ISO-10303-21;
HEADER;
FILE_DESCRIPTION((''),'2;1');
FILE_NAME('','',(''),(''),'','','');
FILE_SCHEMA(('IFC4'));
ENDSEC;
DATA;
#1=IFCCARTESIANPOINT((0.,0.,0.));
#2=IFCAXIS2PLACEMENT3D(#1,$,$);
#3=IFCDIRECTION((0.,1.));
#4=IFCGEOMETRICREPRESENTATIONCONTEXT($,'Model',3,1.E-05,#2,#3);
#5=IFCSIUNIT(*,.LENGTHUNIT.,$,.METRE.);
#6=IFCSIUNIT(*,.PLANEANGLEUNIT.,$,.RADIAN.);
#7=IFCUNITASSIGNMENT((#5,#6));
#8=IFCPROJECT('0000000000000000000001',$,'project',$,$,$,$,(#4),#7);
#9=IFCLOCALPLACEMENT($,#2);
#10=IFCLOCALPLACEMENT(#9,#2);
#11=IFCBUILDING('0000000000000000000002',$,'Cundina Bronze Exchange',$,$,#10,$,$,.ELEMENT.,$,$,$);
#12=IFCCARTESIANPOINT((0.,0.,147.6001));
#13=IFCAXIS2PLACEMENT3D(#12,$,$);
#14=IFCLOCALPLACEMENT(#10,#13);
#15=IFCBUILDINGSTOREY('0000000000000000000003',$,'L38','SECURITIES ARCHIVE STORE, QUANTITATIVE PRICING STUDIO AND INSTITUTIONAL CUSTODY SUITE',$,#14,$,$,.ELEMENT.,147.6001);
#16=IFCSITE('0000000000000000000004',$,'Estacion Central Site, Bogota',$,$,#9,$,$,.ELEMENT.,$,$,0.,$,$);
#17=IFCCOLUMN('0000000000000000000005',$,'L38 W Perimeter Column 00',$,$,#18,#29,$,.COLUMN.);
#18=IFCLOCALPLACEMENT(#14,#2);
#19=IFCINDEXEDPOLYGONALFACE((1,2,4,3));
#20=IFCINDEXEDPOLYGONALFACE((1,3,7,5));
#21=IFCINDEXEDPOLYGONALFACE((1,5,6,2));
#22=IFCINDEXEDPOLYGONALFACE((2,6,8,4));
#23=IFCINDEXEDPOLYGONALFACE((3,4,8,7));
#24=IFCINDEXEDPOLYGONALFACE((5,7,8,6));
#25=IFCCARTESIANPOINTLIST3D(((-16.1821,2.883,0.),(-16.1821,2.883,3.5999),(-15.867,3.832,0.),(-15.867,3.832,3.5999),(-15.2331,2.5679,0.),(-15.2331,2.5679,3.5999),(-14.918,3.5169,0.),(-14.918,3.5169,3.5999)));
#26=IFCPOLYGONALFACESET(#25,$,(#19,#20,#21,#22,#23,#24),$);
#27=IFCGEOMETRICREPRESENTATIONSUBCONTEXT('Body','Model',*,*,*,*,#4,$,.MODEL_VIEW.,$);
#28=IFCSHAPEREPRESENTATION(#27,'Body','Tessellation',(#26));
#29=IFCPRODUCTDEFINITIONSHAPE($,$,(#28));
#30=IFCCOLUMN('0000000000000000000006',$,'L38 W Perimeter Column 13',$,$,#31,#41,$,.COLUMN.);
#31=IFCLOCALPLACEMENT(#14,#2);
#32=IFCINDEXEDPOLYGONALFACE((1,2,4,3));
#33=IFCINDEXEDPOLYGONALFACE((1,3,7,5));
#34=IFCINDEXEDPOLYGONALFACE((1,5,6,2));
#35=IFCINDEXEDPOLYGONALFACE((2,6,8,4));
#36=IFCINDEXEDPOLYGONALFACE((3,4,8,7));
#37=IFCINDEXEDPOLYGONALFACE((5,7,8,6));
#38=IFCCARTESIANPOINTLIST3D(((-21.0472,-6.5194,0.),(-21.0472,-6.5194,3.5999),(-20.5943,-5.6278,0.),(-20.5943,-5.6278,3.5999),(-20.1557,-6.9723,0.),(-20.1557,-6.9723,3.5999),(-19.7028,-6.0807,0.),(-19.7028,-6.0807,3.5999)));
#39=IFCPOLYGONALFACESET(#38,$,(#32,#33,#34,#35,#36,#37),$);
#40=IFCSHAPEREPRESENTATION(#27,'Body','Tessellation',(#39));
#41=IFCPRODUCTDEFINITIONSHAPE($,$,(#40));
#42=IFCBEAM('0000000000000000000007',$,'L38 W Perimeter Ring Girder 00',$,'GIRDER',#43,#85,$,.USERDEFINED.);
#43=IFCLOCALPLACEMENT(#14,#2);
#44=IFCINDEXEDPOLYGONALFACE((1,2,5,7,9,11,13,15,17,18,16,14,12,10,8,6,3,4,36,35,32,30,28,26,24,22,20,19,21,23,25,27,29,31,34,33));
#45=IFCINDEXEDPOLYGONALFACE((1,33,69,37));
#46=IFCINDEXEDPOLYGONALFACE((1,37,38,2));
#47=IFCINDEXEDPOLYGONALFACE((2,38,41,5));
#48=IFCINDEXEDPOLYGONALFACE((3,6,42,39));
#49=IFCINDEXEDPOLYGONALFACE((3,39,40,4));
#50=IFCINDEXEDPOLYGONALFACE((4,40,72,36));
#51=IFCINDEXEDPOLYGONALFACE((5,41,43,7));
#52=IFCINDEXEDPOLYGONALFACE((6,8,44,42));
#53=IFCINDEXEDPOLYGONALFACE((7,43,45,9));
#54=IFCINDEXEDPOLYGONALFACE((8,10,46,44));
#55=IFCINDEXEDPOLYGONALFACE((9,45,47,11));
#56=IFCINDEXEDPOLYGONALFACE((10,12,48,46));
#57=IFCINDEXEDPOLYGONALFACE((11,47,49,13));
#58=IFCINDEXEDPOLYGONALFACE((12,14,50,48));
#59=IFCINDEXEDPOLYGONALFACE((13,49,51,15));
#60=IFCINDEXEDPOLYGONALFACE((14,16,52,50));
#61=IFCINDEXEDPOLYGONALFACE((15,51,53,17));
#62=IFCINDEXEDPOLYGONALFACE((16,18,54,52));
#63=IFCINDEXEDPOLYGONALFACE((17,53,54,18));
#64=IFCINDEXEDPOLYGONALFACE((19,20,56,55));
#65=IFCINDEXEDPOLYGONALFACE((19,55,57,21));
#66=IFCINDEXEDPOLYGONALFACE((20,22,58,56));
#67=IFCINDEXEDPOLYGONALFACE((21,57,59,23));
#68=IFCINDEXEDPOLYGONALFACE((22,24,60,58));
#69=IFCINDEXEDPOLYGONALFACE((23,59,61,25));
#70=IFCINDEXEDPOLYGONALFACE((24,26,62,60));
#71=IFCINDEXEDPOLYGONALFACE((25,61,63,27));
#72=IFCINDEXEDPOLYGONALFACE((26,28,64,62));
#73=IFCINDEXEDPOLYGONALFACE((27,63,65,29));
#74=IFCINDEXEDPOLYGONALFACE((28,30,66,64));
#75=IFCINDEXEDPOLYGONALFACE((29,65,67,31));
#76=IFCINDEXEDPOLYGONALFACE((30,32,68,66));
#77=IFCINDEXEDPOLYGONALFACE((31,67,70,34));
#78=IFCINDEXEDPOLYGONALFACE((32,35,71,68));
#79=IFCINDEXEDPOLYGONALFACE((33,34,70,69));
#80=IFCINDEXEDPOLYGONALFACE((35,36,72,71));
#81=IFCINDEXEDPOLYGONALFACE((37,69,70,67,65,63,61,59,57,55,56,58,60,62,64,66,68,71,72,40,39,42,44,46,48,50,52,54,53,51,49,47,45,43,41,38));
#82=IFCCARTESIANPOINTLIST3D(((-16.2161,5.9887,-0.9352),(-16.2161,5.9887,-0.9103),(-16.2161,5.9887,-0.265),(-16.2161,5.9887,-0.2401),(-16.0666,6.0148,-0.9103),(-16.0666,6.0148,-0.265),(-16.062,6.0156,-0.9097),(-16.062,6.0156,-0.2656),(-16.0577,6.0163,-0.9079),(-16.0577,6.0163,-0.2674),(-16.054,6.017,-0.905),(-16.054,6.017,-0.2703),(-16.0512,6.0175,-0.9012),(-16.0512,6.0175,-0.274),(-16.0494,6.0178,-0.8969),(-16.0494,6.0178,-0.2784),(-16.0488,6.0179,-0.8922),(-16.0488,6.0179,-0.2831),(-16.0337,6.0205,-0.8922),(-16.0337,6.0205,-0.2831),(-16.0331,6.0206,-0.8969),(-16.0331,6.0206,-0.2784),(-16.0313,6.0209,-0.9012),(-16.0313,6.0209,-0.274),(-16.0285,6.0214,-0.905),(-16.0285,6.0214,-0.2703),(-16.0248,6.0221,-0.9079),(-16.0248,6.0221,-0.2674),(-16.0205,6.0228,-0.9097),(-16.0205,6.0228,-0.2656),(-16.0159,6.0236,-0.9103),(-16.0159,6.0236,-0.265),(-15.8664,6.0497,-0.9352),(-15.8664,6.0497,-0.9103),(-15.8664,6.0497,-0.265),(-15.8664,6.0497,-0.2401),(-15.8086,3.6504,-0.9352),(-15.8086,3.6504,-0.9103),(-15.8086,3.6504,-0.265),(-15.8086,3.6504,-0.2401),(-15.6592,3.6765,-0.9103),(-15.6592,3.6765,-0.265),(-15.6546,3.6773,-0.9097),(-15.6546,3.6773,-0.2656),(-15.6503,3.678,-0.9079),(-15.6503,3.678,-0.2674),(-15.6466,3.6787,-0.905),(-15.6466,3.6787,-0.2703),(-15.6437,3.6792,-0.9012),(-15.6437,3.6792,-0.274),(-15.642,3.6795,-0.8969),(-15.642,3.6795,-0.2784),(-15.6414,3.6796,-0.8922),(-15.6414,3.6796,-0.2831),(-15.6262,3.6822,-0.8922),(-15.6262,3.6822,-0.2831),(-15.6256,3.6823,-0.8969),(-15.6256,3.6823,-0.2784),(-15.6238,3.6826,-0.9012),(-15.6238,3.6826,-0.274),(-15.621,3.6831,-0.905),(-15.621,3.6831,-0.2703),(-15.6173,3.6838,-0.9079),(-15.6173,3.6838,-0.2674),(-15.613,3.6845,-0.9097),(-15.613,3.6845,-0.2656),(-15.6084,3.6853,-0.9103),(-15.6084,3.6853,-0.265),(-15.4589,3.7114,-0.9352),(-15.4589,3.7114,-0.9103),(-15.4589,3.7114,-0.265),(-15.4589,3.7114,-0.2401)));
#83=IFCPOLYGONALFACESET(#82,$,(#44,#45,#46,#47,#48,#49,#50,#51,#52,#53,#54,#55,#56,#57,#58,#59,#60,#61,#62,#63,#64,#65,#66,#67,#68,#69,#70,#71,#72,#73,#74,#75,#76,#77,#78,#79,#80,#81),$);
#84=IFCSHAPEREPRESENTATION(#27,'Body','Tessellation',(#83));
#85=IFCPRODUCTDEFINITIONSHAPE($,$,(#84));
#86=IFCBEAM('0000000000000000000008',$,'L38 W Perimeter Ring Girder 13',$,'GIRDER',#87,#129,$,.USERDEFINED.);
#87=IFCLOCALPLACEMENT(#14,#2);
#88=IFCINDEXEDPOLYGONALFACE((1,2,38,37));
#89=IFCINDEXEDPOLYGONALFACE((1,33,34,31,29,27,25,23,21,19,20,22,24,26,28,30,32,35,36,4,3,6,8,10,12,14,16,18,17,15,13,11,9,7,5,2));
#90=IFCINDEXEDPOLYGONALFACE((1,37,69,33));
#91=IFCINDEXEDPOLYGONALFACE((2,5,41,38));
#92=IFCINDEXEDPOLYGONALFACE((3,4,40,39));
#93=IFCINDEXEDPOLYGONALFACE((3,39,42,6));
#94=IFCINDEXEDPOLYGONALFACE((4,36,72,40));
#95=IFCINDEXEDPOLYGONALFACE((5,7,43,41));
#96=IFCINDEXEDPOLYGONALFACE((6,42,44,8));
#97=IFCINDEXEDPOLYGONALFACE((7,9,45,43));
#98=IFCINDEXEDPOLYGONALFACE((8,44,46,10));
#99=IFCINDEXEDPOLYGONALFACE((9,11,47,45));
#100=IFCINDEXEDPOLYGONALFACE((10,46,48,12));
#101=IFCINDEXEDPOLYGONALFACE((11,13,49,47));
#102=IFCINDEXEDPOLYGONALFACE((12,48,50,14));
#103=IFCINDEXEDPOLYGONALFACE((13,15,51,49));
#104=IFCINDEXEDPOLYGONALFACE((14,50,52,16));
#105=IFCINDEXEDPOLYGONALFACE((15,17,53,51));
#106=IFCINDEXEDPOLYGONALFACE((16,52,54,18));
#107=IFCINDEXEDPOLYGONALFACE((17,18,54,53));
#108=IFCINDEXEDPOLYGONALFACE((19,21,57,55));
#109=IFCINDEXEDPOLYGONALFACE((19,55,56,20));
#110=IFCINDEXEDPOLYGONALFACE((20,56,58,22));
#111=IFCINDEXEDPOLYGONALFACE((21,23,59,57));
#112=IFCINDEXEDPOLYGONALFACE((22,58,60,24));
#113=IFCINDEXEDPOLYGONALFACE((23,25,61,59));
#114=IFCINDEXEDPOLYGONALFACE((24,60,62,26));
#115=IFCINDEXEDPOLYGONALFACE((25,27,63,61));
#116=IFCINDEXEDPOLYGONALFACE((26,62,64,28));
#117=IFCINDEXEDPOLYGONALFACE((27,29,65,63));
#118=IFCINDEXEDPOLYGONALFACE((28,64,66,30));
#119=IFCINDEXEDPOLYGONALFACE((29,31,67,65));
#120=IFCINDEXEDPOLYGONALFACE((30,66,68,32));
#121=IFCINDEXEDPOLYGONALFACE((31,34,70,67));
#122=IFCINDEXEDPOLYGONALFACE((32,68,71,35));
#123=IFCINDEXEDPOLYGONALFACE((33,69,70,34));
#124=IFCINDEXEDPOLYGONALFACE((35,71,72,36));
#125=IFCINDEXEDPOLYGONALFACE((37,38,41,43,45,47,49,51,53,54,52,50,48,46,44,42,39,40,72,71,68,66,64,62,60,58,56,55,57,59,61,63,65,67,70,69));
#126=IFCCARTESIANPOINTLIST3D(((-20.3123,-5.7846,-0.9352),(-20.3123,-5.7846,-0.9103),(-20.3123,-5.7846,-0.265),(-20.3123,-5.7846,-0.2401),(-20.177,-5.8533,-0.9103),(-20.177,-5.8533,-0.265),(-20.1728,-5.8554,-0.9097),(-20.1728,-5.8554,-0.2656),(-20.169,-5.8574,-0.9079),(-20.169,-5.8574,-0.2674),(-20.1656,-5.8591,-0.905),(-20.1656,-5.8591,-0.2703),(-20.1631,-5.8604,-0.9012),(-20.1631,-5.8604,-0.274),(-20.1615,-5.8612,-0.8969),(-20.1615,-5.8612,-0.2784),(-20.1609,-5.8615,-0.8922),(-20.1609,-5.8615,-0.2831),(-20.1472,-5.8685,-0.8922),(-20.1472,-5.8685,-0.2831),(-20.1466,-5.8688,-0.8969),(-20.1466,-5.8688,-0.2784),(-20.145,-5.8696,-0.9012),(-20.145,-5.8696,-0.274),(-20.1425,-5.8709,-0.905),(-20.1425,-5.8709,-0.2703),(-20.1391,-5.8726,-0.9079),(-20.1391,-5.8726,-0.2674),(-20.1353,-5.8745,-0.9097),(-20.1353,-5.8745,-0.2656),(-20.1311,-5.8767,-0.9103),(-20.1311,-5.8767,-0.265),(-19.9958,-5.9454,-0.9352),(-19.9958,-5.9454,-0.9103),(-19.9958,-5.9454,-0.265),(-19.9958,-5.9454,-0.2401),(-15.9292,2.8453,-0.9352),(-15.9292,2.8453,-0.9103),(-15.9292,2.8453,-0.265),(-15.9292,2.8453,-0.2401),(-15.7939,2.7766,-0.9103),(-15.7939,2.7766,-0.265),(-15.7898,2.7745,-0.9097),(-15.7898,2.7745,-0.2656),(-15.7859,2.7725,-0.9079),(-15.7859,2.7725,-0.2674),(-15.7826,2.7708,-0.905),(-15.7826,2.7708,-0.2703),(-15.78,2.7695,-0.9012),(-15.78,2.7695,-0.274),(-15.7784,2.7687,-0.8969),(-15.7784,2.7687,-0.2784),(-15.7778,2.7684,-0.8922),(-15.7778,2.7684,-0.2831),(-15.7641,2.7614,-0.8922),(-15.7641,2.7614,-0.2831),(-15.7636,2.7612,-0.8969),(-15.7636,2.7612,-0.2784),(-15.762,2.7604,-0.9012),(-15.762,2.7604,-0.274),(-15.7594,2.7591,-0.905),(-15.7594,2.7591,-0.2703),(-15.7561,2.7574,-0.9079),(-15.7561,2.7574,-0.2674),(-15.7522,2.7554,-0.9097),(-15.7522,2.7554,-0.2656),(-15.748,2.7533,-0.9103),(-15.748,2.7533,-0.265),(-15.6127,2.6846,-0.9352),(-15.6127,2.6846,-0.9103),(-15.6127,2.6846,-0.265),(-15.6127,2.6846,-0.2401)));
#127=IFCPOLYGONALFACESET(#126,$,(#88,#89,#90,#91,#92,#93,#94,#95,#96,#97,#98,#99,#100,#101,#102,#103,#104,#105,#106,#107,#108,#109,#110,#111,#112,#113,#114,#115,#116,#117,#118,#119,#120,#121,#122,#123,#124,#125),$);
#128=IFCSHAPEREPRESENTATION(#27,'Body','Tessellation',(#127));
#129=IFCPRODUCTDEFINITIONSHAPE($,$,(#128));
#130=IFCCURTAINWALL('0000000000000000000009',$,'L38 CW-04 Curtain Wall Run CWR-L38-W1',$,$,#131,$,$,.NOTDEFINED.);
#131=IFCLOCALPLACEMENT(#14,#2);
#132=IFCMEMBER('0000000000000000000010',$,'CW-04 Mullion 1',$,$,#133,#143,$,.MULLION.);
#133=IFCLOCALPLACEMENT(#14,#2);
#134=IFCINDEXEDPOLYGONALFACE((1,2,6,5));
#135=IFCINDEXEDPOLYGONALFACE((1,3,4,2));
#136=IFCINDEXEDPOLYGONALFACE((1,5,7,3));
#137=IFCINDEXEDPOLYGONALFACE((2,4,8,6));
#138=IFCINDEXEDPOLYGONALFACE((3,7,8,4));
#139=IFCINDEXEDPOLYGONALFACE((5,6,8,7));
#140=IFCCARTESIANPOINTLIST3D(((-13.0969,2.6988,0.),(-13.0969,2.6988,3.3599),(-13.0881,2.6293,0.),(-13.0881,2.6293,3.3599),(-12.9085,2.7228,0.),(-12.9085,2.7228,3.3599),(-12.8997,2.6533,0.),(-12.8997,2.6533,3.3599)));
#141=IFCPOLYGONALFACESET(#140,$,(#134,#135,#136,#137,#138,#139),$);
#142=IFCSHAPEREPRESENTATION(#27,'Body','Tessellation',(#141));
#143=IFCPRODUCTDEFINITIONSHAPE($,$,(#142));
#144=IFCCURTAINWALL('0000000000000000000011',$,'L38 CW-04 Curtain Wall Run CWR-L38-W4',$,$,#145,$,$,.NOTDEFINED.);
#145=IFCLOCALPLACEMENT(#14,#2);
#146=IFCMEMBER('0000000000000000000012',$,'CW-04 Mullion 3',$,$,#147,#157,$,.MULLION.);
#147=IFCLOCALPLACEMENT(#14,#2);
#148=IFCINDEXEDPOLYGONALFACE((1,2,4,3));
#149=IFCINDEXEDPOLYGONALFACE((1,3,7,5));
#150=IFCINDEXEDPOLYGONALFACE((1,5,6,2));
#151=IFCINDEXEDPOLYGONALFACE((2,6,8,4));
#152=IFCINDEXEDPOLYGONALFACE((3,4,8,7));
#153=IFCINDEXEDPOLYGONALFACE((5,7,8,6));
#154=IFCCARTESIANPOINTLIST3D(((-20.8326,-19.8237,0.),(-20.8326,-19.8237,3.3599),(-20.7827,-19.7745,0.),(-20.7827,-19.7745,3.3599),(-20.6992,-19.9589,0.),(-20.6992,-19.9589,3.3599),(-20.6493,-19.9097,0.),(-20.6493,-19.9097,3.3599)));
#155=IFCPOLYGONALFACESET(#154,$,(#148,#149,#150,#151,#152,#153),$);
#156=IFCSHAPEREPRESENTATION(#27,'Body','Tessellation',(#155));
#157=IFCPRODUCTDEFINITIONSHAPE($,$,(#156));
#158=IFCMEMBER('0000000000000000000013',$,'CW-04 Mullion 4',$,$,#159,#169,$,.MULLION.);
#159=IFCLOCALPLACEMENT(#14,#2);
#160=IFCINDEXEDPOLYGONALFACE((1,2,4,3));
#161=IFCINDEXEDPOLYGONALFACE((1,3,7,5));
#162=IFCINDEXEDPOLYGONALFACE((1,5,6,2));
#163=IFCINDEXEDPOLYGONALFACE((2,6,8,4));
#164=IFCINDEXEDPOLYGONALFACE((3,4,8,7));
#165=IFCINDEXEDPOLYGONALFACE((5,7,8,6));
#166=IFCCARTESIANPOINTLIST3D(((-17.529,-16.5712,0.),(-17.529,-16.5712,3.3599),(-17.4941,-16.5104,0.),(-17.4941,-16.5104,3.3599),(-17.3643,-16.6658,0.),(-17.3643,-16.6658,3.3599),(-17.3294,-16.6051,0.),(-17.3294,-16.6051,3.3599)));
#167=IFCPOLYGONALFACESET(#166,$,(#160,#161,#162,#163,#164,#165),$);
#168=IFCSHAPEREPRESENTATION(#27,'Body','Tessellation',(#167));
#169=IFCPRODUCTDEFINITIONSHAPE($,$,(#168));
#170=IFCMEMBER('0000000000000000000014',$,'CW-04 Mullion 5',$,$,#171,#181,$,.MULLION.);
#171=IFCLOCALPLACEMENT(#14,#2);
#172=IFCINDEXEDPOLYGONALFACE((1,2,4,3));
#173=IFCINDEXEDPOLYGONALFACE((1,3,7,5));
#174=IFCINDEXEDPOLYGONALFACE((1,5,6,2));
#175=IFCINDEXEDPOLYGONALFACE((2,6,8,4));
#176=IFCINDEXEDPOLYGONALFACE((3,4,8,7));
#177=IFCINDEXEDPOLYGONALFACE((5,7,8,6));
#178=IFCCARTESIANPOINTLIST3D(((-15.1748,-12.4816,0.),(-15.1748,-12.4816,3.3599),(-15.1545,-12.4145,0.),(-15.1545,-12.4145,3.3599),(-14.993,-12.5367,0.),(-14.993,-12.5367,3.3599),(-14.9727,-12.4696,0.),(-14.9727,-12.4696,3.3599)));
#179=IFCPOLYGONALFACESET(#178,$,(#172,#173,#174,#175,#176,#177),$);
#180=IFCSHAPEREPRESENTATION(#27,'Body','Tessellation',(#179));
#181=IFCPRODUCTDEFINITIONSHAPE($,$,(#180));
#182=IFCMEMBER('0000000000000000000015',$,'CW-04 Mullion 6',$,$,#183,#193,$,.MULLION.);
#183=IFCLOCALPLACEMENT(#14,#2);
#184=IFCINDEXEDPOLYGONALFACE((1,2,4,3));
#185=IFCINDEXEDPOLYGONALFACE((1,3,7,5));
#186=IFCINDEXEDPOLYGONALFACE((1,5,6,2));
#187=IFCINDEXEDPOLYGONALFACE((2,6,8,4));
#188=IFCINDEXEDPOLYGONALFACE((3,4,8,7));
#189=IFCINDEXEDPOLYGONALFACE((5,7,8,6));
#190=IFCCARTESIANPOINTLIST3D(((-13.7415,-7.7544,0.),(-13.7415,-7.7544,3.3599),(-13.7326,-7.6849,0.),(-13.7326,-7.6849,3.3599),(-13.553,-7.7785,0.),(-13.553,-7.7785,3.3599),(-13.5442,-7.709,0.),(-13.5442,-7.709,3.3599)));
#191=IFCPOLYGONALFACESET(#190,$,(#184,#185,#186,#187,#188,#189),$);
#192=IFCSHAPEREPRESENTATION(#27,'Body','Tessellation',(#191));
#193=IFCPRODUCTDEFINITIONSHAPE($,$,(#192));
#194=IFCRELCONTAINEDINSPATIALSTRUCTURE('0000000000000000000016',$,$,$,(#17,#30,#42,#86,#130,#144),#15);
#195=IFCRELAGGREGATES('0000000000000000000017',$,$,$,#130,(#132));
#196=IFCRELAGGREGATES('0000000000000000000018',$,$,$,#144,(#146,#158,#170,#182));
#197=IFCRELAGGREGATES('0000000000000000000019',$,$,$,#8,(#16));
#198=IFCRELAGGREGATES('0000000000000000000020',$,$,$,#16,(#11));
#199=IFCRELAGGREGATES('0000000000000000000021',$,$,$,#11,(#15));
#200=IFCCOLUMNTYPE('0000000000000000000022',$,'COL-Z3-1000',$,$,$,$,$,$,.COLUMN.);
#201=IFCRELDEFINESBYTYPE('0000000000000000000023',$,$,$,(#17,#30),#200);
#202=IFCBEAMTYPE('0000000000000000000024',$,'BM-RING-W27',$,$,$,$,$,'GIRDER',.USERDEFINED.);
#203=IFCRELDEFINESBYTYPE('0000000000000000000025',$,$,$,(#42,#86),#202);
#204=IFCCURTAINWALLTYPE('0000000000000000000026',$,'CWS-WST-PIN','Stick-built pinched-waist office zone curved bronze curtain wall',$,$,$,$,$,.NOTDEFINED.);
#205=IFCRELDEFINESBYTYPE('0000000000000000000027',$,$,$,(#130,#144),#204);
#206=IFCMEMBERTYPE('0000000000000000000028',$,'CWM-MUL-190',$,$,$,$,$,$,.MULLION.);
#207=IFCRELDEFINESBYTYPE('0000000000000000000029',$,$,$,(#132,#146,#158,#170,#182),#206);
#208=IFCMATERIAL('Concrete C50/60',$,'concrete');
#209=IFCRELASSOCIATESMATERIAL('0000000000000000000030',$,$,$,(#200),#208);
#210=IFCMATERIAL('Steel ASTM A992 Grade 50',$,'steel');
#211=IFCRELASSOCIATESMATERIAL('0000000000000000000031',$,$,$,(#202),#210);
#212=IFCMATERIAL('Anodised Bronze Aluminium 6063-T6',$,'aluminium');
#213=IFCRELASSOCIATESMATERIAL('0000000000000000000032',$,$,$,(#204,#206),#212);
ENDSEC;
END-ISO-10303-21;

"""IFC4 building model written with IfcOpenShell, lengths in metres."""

from ifc_helpers import new_model, si_unit, direction, frame, origin, origin_2d, place, context, subcontext, project, spatial, rectangle, i_section, extrude, material, material_profile, profile_set, type_object, element, aggregate, save


model = new_model("IFC4")

# Units and contexts
model_context = context("Model", 3, precision=1e-05, world=origin(), true_north=direction((0.0, 1.0)))
body_context = subcontext(model_context, "Body", "Model", "MODEL_VIEW")
ifc_project = project(units=[si_unit("LENGTHUNIT", "METRE"), si_unit("PLANEANGLEUNIT", "RADIAN")], contexts=[model_context])

# Site, building, storey
site_placement = place(None, origin())
site = spatial("IfcSite", under=ifc_project, at=site_placement, Name="Estacion Central Site, Bogota", CompositionType="ELEMENT", RefElevation=0.0)
building_placement = place(site_placement, origin())
building = spatial("IfcBuilding", under=site, at=building_placement, Name="Cundina Bronze Exchange", CompositionType="ELEMENT")
storey_placement = place(building_placement, frame((0.0, 0.0, 147.6001)))
storey = spatial("IfcBuildingStorey", under=building, at=storey_placement, Name="L38", Description="SECURITIES ARCHIVE STORE, QUANTITATIVE PRICING STUDIO AND INSTITUTIONAL CUSTODY SUITE", CompositionType="ELEMENT", Elevation=147.6001)

# Columns
ifc_material_1 = material(Name="Concrete C50/60", Category="concrete")
ifc_material_profile_1 = material_profile(ifc_material_1, rectangle(XDim=1.0, YDim=1.0, at=origin_2d()), Name="RC1000X1000", Category="concrete")
ifc_profile_set_1 = profile_set([ifc_material_profile_1], Name="Concrete C50/60")
column_type = type_object("IfcColumnType", Name="COL-Z3-1000", PredefinedType="COLUMN", material=ifc_profile_set_1)
for number, where, z_axis, x_axis, name in (
    (1, (-15.55, 3.2, 0.0), (0.0, 0.0, 1.0), (0.315152, 0.949041, 0.0), "L38 W Perimeter Column 00"),
    (2, (-20.375, -6.3, 0.0), (0.0, 0.0, 1.0), (0.452902, 0.891561, 0.0), "L38 W Perimeter Column 13"),
):
    element("IfcColumn", number, at=place(storey_placement, frame(where, z_axis=z_axis, x_axis=x_axis)), inside=storey, type_object=column_type, Name=name, PredefinedType="COLUMN", context=body_context, shape_type="SweptSolid", body=[
        extrude(rectangle(XDim=1.0, YDim=1.0, at=origin_2d()), origin(), (0.0, 0.0, 1.0), 3.5999),
    ])

# Beams
ifc_material_2 = material(Name="Steel ASTM A992 Grade 50", Category="steel")
ifc_material_profile_2 = material_profile(ifc_material_2, i_section(OverallWidth=0.355, OverallDepth=0.6951, WebThickness=0.0154, FlangeThickness=0.0249, FilletRadius=0.0181, at=origin_2d()), Name="W27X146", Category="steel")
ifc_profile_set_2 = profile_set([ifc_material_profile_2], Name="Steel ASTM A992 Grade 50")
beam_type = type_object("IfcBeamType", Name="BM-RING-W27", ElementType="GIRDER", PredefinedType="USERDEFINED", material=ifc_profile_set_2)
beam_1_placement = place(storey_placement, frame((-15.6338, 3.6809, -0.5876), z_axis=(-0.171667, 0.985155, 0.0), x_axis=(-0.985155, -0.171667, 0.0)))
element("IfcBeam", 3, at=beam_1_placement, inside=storey, type_object=beam_type, Name="L38 W Perimeter Ring Girder 00", ObjectType="GIRDER", PredefinedType="USERDEFINED", context=body_context, shape_type="SweptSolid", body=[
    extrude(i_section(OverallWidth=0.355, OverallDepth=0.6951, WebThickness=0.0154, FlangeThickness=0.0249, FilletRadius=0.0181, at=origin_2d()), origin(), (0.0, 0.0, 1.0), 2.3735),
])
beam_2_placement = place(storey_placement, frame((-20.1541, -5.865, -0.5876), z_axis=(0.452835, 0.891595, 0.0), x_axis=(-0.891595, 0.452835, 0.0)))
element("IfcBeam", 4, at=beam_2_placement, inside=storey, type_object=beam_type, Name="L38 W Perimeter Ring Girder 13", ObjectType="GIRDER", PredefinedType="USERDEFINED", context=body_context, shape_type="SweptSolid", body=[
    extrude(i_section(OverallWidth=0.355, OverallDepth=0.6951, WebThickness=0.0154, FlangeThickness=0.0249, FilletRadius=0.0181, at=origin_2d()), origin(), (0.0, 0.0, 1.0), 9.6792),
])

# Curtain wall, member
ifc_material_3 = material(Name="Anodised Bronze Aluminium 6063-T6", Category="aluminium")
curtain_wall_type = type_object("IfcCurtainWallType", Name="CWS-WST-PIN", Description="Stick-built pinched-waist office zone curved bronze curtain wall", PredefinedType="NOTDEFINED", material=ifc_material_3)
curtain_wall_1_placement = place(storey_placement, origin())
curtain_wall_1 = element("IfcCurtainWall", 5, at=curtain_wall_1_placement, inside=storey, type_object=curtain_wall_type, Name="L38 CW-04 Curtain Wall Run CWR-L38-W1", PredefinedType="NOTDEFINED")
ifc_material_profile_3 = material_profile(ifc_material_3, rectangle(XDim=0.0701, YDim=0.1899, at=origin_2d()), Name="AL70X190", Category="aluminium")
ifc_profile_set_3 = profile_set([ifc_material_profile_3], Name="Anodised Bronze Aluminium 6063-T6")
member_type_1 = type_object("IfcMemberType", Name="CWM-MUL-190", PredefinedType="MULLION", material=ifc_profile_set_3)
member_1_placement = place(storey_placement, frame((-12.9983, 2.676, 0.0), z_axis=(0.0, 0.0, 1.0), x_axis=(-0.126545, 0.991961, 0.0)))
member_1 = element("IfcMember", 6, at=member_1_placement, type_object=member_type_1, Name="CW-04 Mullion 1", PredefinedType="MULLION", context=body_context, shape_type="SweptSolid", body=[
    extrude(rectangle(XDim=0.0701, YDim=0.1899, at=origin_2d()), origin(), (0.0, 0.0, 1.0), 3.3599),
])

# Curtain wall, members
curtain_wall_2_placement = place(storey_placement, origin())
curtain_wall_2 = element("IfcCurtainWall", 7, at=curtain_wall_2_placement, inside=storey, type_object=curtain_wall_type, Name="L38 CW-04 Curtain Wall Run CWR-L38-W4", PredefinedType="NOTDEFINED")
member_2_placement = place(storey_placement, frame((-20.741, -19.8667, 0.0), z_axis=(0.0, 0.0, 1.0), x_axis=(0.712026, 0.702153, 0.0)))
member_2 = element("IfcMember", 8, at=member_2_placement, type_object=member_type_1, Name="CW-04 Mullion 3", PredefinedType="MULLION", context=body_context, shape_type="SweptSolid", body=[
    extrude(rectangle(XDim=0.0701, YDim=0.1899, at=origin_2d()), origin(), (0.0, 0.0, 1.0), 3.3599),
])
member_3_placement = place(storey_placement, frame((-17.4292, -16.5881, 0.0), z_axis=(0.0, 0.0, 1.0), x_axis=(0.498488, 0.866897, 0.0)))
member_3 = element("IfcMember", 9, at=member_3_placement, type_object=member_type_1, Name="CW-04 Mullion 4", PredefinedType="MULLION", context=body_context, shape_type="SweptSolid", body=[
    extrude(rectangle(XDim=0.0701, YDim=0.1899, at=origin_2d()), origin(), (0.0, 0.0, 1.0), 3.3599),
])
member_4_placement = place(storey_placement, frame((-15.0737, -12.4756, 0.0), z_axis=(0.0, 0.0, 1.0), x_axis=(0.290034, 0.957016, 0.0)))
member_4 = element("IfcMember", 10, at=member_4_placement, type_object=member_type_1, Name="CW-04 Mullion 5", PredefinedType="MULLION", context=body_context, shape_type="SweptSolid", body=[
    extrude(rectangle(XDim=0.0701, YDim=0.1899, at=origin_2d()), origin(), (0.0, 0.0, 1.0), 3.3599),
])
member_5_placement = place(storey_placement, frame((-13.6428, -7.7317, 0.0), z_axis=(0.0, 0.0, 1.0), x_axis=(0.126545, 0.991961, 0.0)))
member_5 = element("IfcMember", 11, at=member_5_placement, type_object=member_type_1, Name="CW-04 Mullion 6", PredefinedType="MULLION", context=body_context, shape_type="SweptSolid", body=[
    extrude(rectangle(XDim=0.0701, YDim=0.1899, at=origin_2d()), origin(), (0.0, 0.0, 1.0), 3.3599),
])

aggregate(curtain_wall_1, [member_1])
aggregate(curtain_wall_2, [member_2, member_3, member_4, member_5])

save(model, "model.ifc")
